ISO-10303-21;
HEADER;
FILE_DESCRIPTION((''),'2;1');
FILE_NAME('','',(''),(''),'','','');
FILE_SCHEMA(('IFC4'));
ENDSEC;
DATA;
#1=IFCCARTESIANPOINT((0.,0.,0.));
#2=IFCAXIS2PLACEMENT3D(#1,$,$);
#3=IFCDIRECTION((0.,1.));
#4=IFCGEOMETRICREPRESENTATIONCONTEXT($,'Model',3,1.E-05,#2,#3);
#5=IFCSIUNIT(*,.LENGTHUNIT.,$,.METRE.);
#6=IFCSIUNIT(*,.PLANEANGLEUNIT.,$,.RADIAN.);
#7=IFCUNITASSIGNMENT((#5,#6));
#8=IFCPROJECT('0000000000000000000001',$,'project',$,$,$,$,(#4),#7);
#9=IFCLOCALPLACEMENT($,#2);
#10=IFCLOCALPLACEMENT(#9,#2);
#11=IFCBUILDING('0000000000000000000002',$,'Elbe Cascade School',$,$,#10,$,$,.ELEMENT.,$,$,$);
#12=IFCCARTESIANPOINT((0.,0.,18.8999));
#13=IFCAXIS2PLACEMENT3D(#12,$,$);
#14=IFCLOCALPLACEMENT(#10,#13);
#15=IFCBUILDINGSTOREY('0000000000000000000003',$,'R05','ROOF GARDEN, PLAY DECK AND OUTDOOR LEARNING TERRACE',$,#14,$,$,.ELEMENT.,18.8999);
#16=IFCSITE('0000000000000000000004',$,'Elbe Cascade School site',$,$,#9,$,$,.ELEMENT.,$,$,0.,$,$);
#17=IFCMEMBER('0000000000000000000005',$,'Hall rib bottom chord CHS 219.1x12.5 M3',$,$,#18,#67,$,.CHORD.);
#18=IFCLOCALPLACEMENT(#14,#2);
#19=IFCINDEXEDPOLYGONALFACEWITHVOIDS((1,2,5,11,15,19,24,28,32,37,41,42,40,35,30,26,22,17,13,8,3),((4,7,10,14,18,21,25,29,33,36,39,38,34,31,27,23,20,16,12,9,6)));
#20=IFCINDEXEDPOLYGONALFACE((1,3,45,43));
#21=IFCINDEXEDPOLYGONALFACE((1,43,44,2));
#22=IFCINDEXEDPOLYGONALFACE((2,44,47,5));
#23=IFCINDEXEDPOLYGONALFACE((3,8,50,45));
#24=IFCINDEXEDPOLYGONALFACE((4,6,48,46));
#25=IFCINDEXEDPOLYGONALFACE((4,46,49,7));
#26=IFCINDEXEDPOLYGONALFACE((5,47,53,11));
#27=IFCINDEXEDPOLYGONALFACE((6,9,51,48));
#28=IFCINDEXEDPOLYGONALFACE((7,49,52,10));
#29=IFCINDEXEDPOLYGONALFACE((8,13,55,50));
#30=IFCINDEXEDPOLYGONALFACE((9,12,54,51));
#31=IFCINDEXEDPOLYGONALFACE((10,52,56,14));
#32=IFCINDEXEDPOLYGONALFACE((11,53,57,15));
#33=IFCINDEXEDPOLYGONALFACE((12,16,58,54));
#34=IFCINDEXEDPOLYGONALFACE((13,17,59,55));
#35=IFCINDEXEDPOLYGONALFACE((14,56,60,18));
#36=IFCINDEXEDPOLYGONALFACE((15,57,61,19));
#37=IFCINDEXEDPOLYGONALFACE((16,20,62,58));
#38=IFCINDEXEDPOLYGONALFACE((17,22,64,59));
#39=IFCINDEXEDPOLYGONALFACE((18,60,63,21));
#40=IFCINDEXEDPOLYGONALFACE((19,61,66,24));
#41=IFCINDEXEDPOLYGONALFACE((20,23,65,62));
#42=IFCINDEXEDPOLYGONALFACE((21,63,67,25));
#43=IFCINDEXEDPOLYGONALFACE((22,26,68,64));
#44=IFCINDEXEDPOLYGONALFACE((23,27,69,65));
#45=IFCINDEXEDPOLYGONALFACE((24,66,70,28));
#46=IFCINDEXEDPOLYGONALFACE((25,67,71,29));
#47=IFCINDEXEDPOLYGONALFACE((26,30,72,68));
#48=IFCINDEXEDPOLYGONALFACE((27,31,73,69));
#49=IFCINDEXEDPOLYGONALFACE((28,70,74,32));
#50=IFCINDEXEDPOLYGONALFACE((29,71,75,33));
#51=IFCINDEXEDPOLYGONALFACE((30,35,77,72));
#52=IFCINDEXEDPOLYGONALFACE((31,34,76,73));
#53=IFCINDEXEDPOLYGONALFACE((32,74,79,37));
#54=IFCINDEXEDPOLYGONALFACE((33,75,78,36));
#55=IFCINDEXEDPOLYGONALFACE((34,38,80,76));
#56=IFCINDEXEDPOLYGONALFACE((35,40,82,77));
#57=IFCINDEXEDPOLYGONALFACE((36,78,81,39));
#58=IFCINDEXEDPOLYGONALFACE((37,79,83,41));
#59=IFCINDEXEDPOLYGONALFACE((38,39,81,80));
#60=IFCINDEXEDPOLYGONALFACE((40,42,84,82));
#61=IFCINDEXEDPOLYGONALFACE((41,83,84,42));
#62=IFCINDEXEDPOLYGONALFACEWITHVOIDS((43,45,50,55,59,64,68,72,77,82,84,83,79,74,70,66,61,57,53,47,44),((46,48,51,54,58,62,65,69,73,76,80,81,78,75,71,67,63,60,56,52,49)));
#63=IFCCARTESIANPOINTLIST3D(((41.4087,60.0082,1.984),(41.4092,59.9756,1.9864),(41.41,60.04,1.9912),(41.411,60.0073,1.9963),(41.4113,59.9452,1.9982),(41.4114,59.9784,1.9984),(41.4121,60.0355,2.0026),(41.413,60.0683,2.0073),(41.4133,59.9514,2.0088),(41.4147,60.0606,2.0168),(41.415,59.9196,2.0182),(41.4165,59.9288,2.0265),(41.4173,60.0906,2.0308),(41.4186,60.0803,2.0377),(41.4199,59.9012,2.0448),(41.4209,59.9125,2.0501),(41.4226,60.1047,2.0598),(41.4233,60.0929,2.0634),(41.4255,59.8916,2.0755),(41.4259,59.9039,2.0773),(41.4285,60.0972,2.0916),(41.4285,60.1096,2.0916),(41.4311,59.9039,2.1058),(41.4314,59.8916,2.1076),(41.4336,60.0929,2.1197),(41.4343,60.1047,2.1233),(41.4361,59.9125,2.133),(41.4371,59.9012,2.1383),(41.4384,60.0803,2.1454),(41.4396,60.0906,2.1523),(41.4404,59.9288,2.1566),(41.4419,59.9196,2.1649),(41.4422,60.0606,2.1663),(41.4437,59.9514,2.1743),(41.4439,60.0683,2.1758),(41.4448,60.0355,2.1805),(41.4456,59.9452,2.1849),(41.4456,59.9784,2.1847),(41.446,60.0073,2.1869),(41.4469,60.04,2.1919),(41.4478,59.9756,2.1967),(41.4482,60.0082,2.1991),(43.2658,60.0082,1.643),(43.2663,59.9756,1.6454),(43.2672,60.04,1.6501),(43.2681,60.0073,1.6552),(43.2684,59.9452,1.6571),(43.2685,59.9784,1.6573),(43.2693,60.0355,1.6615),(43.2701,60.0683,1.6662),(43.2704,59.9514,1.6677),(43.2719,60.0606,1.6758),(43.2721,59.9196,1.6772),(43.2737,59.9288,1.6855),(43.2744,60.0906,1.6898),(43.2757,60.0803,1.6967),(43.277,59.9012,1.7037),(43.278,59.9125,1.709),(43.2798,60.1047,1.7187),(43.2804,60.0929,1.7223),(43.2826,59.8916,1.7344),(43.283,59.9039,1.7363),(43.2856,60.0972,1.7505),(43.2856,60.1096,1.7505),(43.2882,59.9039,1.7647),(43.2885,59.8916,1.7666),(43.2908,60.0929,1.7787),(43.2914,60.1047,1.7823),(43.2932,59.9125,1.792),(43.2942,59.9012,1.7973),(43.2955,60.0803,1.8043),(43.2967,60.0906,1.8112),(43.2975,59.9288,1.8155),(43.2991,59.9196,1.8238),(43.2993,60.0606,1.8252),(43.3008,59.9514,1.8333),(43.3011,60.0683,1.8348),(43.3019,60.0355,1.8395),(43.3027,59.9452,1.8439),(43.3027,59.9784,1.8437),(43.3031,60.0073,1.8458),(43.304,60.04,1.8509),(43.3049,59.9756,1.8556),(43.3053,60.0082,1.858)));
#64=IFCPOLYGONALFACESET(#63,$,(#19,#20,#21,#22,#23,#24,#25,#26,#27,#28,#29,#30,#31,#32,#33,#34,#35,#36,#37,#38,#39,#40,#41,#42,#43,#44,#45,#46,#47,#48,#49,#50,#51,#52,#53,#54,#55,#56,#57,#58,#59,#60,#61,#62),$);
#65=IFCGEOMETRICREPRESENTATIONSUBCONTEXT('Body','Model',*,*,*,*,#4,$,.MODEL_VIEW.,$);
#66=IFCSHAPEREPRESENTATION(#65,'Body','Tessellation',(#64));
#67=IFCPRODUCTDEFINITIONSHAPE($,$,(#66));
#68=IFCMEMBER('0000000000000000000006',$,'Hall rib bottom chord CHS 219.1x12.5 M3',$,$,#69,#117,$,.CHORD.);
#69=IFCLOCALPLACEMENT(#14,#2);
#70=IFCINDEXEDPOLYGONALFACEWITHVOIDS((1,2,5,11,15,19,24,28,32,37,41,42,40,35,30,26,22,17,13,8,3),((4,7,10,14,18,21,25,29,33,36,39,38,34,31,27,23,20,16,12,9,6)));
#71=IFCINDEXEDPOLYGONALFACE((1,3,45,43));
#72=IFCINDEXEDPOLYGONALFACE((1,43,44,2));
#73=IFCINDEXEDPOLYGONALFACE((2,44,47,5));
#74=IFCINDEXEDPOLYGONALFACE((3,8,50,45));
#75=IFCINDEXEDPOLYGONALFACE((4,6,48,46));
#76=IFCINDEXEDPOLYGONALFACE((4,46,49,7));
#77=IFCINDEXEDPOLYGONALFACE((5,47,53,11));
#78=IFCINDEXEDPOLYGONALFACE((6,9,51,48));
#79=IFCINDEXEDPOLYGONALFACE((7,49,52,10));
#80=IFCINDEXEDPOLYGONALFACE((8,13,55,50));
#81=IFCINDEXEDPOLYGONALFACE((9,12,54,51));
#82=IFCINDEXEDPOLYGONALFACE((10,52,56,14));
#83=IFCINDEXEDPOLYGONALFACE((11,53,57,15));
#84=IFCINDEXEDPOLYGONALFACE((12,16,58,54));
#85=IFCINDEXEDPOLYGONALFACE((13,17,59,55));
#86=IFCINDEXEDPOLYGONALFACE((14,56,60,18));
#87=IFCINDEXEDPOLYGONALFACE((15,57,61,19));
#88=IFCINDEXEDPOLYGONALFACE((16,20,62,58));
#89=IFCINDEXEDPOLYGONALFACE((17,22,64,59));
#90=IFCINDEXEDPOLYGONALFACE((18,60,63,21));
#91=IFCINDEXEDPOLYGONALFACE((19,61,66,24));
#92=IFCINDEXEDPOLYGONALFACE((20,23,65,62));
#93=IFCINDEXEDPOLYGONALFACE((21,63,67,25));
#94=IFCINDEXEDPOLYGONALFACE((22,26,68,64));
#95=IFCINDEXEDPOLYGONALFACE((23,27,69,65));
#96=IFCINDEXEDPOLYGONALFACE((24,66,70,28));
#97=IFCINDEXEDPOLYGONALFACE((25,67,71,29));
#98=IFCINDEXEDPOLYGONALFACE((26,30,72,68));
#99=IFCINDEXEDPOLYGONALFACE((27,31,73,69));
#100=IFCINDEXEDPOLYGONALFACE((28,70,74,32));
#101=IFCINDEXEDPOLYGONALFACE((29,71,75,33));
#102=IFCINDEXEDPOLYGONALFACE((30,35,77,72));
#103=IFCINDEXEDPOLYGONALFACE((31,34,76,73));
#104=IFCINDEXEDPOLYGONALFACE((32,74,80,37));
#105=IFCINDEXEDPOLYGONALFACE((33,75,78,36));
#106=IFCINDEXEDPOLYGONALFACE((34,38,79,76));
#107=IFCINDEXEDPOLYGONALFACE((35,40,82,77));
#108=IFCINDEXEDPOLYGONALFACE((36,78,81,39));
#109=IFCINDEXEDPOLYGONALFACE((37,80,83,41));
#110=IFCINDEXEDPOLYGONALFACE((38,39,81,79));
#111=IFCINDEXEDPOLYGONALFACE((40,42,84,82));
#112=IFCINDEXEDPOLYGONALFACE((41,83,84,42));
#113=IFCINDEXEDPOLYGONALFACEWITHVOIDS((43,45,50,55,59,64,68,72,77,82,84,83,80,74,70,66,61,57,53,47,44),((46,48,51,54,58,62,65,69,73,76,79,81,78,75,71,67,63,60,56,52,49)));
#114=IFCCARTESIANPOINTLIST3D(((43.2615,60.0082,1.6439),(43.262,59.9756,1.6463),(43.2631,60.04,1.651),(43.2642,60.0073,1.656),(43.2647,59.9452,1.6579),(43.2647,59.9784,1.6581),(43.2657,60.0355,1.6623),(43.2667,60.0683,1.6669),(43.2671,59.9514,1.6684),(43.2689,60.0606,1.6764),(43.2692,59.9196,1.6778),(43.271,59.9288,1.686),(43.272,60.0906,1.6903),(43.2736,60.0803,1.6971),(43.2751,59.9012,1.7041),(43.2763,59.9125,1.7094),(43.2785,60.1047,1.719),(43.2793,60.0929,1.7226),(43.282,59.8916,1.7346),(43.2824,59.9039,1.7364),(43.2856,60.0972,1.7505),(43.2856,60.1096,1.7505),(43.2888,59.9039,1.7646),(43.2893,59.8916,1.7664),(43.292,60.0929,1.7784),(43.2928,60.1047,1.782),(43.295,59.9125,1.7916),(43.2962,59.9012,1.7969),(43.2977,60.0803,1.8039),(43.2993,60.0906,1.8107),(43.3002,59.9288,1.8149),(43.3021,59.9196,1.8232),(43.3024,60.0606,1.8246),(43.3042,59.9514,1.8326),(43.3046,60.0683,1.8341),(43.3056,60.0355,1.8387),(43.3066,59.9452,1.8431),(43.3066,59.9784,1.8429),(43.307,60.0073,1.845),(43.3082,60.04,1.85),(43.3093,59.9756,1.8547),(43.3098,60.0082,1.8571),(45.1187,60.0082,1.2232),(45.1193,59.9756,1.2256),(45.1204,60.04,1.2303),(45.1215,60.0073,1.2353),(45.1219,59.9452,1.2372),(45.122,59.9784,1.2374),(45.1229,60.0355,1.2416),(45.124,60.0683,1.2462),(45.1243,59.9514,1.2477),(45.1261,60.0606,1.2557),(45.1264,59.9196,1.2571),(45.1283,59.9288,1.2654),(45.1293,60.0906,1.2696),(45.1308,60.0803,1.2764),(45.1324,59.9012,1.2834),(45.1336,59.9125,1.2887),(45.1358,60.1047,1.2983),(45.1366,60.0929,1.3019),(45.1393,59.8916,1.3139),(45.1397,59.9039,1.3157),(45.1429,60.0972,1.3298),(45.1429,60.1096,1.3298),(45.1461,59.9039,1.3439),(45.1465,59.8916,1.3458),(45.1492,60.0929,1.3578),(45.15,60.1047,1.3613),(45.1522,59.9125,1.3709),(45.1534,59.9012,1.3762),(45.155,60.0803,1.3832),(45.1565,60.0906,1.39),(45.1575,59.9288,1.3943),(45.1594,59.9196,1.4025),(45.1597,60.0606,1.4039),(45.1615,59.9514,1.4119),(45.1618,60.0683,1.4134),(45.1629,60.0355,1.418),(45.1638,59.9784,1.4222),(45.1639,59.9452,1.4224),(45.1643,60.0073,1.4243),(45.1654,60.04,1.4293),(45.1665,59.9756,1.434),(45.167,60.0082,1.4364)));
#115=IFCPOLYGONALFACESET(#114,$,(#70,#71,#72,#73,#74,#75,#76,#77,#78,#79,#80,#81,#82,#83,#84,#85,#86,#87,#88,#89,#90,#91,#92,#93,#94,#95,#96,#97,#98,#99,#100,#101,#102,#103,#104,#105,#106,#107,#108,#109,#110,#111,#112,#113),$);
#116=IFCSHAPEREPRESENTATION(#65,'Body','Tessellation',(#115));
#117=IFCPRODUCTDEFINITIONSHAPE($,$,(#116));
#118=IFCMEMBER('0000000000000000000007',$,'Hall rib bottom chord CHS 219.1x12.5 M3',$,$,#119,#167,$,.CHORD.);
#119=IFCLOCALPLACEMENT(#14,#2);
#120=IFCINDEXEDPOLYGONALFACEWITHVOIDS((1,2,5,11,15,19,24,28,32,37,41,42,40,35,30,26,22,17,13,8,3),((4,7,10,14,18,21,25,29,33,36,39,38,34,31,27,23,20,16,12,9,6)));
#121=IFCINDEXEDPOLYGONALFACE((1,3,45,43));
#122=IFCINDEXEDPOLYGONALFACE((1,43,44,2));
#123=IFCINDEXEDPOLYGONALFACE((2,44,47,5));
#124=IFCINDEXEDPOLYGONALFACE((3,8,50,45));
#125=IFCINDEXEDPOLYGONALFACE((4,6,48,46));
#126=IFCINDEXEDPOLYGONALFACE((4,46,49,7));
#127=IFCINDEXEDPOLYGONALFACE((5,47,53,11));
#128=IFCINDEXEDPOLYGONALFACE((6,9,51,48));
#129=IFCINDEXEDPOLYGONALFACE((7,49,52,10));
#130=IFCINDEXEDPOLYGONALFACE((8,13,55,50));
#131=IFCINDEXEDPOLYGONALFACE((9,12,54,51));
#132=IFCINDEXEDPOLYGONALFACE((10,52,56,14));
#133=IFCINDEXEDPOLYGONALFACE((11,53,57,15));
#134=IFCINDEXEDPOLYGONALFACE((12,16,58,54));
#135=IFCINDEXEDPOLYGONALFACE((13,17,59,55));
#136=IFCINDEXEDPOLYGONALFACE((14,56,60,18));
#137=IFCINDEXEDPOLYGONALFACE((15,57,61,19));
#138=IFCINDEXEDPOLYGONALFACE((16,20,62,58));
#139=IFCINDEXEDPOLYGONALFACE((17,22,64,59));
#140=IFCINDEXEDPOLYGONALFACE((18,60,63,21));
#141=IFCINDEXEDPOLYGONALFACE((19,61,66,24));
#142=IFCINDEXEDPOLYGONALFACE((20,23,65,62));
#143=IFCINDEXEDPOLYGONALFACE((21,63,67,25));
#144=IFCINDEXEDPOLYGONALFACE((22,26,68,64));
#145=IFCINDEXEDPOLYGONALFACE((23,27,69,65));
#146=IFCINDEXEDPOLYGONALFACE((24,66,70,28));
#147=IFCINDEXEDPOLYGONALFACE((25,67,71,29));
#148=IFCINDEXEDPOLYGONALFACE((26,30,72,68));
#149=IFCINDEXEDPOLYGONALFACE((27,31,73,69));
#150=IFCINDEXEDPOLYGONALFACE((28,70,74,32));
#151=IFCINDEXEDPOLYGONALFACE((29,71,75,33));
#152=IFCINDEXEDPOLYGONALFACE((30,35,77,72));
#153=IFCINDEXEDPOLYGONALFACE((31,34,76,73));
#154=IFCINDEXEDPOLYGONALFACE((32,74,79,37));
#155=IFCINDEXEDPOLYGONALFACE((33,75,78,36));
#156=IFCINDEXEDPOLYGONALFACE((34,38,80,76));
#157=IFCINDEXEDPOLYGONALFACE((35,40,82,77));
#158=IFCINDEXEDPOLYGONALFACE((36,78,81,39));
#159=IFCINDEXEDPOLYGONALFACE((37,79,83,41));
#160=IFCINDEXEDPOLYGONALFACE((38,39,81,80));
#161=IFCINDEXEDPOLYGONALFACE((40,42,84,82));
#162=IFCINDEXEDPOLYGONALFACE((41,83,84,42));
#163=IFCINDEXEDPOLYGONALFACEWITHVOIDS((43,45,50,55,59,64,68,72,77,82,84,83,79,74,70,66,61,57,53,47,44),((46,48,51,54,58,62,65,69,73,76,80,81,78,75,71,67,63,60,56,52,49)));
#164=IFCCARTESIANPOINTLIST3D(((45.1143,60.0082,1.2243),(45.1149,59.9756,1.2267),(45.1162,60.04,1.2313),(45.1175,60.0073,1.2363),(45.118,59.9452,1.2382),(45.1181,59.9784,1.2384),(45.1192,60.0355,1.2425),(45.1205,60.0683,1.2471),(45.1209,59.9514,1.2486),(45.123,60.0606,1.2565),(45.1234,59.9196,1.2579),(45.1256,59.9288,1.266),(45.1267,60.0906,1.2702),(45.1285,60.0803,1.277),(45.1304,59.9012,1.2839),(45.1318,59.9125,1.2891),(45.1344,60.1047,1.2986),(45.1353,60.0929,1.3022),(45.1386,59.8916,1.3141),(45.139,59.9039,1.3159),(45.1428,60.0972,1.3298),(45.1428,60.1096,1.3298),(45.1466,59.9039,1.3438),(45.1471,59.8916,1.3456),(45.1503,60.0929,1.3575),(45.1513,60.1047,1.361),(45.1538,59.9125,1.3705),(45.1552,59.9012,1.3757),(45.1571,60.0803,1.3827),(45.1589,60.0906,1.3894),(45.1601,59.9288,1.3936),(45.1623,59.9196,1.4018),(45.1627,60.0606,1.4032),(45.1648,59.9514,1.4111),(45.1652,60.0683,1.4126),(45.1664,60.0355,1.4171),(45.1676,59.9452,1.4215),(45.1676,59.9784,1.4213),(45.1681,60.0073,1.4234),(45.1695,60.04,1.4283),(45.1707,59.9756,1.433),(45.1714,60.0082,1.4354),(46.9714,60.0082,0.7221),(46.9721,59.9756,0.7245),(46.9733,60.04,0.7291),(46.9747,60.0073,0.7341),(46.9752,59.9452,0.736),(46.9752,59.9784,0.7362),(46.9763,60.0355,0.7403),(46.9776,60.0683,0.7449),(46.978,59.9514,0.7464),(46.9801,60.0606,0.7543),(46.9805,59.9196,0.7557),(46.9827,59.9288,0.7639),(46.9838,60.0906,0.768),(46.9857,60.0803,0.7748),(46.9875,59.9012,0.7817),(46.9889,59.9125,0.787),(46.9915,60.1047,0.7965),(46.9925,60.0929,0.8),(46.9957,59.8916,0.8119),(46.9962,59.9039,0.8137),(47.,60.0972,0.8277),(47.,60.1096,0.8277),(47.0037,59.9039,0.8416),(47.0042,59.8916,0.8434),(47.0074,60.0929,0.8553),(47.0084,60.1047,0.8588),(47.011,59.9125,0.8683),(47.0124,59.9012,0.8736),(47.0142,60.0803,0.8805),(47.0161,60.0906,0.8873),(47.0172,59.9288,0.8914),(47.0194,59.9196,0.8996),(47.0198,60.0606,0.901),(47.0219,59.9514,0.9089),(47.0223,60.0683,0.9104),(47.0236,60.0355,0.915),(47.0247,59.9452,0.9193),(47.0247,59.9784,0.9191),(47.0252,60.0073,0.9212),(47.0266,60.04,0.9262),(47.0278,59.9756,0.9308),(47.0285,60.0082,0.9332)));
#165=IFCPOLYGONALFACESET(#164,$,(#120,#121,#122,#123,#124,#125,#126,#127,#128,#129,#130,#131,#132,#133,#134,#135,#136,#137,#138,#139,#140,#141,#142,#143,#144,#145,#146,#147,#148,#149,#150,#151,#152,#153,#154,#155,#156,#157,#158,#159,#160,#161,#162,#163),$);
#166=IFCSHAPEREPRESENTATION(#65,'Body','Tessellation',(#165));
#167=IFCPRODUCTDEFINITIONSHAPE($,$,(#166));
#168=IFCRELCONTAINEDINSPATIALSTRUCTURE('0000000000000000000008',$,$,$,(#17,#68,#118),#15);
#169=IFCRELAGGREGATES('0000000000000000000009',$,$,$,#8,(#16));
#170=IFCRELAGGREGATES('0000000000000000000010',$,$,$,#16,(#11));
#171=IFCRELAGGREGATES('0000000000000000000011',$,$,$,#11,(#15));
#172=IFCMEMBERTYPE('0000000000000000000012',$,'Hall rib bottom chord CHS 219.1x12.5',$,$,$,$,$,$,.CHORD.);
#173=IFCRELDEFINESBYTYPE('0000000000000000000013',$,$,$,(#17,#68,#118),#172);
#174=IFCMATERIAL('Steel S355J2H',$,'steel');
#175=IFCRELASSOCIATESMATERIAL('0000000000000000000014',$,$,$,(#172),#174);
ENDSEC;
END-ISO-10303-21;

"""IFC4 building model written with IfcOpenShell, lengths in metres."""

from ifc_helpers import new_model, si_unit, direction, frame, origin, origin_2d, place, context, subcontext, project, spatial, hollow_circle, extrude, material, material_profile, profile_set, type_object, element, save


model = new_model("IFC4")

# Units and contexts
model_context = context("Model", 3, precision=1e-05, world=origin(), true_north=direction((0.0, 1.0)))
body_context = subcontext(model_context, "Body", "Model", "MODEL_VIEW")
ifc_project = project(units=[si_unit("LENGTHUNIT", "METRE"), si_unit("PLANEANGLEUNIT", "RADIAN")], contexts=[model_context])

# Site, building, storey
site_placement = place(None, origin())
site = spatial("IfcSite", under=ifc_project, at=site_placement, Name="Elbe Cascade School site", CompositionType="ELEMENT", RefElevation=0.0)
building_placement = place(site_placement, origin())
building = spatial("IfcBuilding", under=site, at=building_placement, Name="Elbe Cascade School", CompositionType="ELEMENT")
storey_placement = place(building_placement, frame((0.0, 0.0, 18.8999)))
storey = spatial("IfcBuildingStorey", under=building, at=storey_placement, Name="R05", Description="ROOF GARDEN, PLAY DECK AND OUTDOOR LEARNING TERRACE", CompositionType="ELEMENT", Elevation=18.8999)

# Members
ifc_material_1 = material(Name="Steel S355J2H", Category="steel")
ifc_material_profile_1 = material_profile(ifc_material_1, hollow_circle(Radius=0.1096, WallThickness=0.0125, at=origin_2d()), Name="CHS 219.1x12.5")
ifc_profile_set_1 = profile_set([ifc_material_profile_1], Name="Steel S355J2H")
member_type_1 = type_object("IfcMemberType", Name="Hall rib bottom chord CHS 219.1x12.5", PredefinedType="CHORD", material=ifc_profile_set_1)
member_1_placement = place(storey_placement, frame((41.4285, 60.0, 2.0916), z_axis=(0.983552, 0.0, -0.180626), x_axis=(0.0, 1.0, 0.0)))
element("IfcMember", 1, at=member_1_placement, inside=storey, type_object=member_type_1, Name="Hall rib bottom chord CHS 219.1x12.5 M3", PredefinedType="CHORD", context=body_context, shape_type="SweptSolid", body=[
    extrude(hollow_circle(Radius=0.1096, WallThickness=0.0125, at=origin_2d()), origin(), (0.0, 0.0, 1.0), 1.8882),
])
member_2_placement = place(storey_placement, frame((43.2856, 60.0, 1.7505), z_axis=(0.975295, 0.0, -0.220906), x_axis=(0.0, 1.0, 0.0)))
element("IfcMember", 2, at=member_2_placement, inside=storey, type_object=member_type_1, Name="Hall rib bottom chord CHS 219.1x12.5 M3", PredefinedType="CHORD", context=body_context, shape_type="SweptSolid", body=[
    extrude(hollow_circle(Radius=0.1096, WallThickness=0.0125, at=origin_2d()), origin(), (0.0, 0.0, 1.0), 1.9043),
])
member_3_placement = place(storey_placement, frame((45.1428, 60.0, 1.3298), z_axis=(0.96533, 0.0, -0.261034), x_axis=(0.0, 1.0, 0.0)))
element("IfcMember", 3, at=member_3_placement, inside=storey, type_object=member_type_1, Name="Hall rib bottom chord CHS 219.1x12.5 M3", PredefinedType="CHORD", context=body_context, shape_type="SweptSolid", body=[
    extrude(hollow_circle(Radius=0.1096, WallThickness=0.0125, at=origin_2d()), origin(), (0.0, 0.0, 1.0), 1.9238),
])

save(model, "model.ifc")
